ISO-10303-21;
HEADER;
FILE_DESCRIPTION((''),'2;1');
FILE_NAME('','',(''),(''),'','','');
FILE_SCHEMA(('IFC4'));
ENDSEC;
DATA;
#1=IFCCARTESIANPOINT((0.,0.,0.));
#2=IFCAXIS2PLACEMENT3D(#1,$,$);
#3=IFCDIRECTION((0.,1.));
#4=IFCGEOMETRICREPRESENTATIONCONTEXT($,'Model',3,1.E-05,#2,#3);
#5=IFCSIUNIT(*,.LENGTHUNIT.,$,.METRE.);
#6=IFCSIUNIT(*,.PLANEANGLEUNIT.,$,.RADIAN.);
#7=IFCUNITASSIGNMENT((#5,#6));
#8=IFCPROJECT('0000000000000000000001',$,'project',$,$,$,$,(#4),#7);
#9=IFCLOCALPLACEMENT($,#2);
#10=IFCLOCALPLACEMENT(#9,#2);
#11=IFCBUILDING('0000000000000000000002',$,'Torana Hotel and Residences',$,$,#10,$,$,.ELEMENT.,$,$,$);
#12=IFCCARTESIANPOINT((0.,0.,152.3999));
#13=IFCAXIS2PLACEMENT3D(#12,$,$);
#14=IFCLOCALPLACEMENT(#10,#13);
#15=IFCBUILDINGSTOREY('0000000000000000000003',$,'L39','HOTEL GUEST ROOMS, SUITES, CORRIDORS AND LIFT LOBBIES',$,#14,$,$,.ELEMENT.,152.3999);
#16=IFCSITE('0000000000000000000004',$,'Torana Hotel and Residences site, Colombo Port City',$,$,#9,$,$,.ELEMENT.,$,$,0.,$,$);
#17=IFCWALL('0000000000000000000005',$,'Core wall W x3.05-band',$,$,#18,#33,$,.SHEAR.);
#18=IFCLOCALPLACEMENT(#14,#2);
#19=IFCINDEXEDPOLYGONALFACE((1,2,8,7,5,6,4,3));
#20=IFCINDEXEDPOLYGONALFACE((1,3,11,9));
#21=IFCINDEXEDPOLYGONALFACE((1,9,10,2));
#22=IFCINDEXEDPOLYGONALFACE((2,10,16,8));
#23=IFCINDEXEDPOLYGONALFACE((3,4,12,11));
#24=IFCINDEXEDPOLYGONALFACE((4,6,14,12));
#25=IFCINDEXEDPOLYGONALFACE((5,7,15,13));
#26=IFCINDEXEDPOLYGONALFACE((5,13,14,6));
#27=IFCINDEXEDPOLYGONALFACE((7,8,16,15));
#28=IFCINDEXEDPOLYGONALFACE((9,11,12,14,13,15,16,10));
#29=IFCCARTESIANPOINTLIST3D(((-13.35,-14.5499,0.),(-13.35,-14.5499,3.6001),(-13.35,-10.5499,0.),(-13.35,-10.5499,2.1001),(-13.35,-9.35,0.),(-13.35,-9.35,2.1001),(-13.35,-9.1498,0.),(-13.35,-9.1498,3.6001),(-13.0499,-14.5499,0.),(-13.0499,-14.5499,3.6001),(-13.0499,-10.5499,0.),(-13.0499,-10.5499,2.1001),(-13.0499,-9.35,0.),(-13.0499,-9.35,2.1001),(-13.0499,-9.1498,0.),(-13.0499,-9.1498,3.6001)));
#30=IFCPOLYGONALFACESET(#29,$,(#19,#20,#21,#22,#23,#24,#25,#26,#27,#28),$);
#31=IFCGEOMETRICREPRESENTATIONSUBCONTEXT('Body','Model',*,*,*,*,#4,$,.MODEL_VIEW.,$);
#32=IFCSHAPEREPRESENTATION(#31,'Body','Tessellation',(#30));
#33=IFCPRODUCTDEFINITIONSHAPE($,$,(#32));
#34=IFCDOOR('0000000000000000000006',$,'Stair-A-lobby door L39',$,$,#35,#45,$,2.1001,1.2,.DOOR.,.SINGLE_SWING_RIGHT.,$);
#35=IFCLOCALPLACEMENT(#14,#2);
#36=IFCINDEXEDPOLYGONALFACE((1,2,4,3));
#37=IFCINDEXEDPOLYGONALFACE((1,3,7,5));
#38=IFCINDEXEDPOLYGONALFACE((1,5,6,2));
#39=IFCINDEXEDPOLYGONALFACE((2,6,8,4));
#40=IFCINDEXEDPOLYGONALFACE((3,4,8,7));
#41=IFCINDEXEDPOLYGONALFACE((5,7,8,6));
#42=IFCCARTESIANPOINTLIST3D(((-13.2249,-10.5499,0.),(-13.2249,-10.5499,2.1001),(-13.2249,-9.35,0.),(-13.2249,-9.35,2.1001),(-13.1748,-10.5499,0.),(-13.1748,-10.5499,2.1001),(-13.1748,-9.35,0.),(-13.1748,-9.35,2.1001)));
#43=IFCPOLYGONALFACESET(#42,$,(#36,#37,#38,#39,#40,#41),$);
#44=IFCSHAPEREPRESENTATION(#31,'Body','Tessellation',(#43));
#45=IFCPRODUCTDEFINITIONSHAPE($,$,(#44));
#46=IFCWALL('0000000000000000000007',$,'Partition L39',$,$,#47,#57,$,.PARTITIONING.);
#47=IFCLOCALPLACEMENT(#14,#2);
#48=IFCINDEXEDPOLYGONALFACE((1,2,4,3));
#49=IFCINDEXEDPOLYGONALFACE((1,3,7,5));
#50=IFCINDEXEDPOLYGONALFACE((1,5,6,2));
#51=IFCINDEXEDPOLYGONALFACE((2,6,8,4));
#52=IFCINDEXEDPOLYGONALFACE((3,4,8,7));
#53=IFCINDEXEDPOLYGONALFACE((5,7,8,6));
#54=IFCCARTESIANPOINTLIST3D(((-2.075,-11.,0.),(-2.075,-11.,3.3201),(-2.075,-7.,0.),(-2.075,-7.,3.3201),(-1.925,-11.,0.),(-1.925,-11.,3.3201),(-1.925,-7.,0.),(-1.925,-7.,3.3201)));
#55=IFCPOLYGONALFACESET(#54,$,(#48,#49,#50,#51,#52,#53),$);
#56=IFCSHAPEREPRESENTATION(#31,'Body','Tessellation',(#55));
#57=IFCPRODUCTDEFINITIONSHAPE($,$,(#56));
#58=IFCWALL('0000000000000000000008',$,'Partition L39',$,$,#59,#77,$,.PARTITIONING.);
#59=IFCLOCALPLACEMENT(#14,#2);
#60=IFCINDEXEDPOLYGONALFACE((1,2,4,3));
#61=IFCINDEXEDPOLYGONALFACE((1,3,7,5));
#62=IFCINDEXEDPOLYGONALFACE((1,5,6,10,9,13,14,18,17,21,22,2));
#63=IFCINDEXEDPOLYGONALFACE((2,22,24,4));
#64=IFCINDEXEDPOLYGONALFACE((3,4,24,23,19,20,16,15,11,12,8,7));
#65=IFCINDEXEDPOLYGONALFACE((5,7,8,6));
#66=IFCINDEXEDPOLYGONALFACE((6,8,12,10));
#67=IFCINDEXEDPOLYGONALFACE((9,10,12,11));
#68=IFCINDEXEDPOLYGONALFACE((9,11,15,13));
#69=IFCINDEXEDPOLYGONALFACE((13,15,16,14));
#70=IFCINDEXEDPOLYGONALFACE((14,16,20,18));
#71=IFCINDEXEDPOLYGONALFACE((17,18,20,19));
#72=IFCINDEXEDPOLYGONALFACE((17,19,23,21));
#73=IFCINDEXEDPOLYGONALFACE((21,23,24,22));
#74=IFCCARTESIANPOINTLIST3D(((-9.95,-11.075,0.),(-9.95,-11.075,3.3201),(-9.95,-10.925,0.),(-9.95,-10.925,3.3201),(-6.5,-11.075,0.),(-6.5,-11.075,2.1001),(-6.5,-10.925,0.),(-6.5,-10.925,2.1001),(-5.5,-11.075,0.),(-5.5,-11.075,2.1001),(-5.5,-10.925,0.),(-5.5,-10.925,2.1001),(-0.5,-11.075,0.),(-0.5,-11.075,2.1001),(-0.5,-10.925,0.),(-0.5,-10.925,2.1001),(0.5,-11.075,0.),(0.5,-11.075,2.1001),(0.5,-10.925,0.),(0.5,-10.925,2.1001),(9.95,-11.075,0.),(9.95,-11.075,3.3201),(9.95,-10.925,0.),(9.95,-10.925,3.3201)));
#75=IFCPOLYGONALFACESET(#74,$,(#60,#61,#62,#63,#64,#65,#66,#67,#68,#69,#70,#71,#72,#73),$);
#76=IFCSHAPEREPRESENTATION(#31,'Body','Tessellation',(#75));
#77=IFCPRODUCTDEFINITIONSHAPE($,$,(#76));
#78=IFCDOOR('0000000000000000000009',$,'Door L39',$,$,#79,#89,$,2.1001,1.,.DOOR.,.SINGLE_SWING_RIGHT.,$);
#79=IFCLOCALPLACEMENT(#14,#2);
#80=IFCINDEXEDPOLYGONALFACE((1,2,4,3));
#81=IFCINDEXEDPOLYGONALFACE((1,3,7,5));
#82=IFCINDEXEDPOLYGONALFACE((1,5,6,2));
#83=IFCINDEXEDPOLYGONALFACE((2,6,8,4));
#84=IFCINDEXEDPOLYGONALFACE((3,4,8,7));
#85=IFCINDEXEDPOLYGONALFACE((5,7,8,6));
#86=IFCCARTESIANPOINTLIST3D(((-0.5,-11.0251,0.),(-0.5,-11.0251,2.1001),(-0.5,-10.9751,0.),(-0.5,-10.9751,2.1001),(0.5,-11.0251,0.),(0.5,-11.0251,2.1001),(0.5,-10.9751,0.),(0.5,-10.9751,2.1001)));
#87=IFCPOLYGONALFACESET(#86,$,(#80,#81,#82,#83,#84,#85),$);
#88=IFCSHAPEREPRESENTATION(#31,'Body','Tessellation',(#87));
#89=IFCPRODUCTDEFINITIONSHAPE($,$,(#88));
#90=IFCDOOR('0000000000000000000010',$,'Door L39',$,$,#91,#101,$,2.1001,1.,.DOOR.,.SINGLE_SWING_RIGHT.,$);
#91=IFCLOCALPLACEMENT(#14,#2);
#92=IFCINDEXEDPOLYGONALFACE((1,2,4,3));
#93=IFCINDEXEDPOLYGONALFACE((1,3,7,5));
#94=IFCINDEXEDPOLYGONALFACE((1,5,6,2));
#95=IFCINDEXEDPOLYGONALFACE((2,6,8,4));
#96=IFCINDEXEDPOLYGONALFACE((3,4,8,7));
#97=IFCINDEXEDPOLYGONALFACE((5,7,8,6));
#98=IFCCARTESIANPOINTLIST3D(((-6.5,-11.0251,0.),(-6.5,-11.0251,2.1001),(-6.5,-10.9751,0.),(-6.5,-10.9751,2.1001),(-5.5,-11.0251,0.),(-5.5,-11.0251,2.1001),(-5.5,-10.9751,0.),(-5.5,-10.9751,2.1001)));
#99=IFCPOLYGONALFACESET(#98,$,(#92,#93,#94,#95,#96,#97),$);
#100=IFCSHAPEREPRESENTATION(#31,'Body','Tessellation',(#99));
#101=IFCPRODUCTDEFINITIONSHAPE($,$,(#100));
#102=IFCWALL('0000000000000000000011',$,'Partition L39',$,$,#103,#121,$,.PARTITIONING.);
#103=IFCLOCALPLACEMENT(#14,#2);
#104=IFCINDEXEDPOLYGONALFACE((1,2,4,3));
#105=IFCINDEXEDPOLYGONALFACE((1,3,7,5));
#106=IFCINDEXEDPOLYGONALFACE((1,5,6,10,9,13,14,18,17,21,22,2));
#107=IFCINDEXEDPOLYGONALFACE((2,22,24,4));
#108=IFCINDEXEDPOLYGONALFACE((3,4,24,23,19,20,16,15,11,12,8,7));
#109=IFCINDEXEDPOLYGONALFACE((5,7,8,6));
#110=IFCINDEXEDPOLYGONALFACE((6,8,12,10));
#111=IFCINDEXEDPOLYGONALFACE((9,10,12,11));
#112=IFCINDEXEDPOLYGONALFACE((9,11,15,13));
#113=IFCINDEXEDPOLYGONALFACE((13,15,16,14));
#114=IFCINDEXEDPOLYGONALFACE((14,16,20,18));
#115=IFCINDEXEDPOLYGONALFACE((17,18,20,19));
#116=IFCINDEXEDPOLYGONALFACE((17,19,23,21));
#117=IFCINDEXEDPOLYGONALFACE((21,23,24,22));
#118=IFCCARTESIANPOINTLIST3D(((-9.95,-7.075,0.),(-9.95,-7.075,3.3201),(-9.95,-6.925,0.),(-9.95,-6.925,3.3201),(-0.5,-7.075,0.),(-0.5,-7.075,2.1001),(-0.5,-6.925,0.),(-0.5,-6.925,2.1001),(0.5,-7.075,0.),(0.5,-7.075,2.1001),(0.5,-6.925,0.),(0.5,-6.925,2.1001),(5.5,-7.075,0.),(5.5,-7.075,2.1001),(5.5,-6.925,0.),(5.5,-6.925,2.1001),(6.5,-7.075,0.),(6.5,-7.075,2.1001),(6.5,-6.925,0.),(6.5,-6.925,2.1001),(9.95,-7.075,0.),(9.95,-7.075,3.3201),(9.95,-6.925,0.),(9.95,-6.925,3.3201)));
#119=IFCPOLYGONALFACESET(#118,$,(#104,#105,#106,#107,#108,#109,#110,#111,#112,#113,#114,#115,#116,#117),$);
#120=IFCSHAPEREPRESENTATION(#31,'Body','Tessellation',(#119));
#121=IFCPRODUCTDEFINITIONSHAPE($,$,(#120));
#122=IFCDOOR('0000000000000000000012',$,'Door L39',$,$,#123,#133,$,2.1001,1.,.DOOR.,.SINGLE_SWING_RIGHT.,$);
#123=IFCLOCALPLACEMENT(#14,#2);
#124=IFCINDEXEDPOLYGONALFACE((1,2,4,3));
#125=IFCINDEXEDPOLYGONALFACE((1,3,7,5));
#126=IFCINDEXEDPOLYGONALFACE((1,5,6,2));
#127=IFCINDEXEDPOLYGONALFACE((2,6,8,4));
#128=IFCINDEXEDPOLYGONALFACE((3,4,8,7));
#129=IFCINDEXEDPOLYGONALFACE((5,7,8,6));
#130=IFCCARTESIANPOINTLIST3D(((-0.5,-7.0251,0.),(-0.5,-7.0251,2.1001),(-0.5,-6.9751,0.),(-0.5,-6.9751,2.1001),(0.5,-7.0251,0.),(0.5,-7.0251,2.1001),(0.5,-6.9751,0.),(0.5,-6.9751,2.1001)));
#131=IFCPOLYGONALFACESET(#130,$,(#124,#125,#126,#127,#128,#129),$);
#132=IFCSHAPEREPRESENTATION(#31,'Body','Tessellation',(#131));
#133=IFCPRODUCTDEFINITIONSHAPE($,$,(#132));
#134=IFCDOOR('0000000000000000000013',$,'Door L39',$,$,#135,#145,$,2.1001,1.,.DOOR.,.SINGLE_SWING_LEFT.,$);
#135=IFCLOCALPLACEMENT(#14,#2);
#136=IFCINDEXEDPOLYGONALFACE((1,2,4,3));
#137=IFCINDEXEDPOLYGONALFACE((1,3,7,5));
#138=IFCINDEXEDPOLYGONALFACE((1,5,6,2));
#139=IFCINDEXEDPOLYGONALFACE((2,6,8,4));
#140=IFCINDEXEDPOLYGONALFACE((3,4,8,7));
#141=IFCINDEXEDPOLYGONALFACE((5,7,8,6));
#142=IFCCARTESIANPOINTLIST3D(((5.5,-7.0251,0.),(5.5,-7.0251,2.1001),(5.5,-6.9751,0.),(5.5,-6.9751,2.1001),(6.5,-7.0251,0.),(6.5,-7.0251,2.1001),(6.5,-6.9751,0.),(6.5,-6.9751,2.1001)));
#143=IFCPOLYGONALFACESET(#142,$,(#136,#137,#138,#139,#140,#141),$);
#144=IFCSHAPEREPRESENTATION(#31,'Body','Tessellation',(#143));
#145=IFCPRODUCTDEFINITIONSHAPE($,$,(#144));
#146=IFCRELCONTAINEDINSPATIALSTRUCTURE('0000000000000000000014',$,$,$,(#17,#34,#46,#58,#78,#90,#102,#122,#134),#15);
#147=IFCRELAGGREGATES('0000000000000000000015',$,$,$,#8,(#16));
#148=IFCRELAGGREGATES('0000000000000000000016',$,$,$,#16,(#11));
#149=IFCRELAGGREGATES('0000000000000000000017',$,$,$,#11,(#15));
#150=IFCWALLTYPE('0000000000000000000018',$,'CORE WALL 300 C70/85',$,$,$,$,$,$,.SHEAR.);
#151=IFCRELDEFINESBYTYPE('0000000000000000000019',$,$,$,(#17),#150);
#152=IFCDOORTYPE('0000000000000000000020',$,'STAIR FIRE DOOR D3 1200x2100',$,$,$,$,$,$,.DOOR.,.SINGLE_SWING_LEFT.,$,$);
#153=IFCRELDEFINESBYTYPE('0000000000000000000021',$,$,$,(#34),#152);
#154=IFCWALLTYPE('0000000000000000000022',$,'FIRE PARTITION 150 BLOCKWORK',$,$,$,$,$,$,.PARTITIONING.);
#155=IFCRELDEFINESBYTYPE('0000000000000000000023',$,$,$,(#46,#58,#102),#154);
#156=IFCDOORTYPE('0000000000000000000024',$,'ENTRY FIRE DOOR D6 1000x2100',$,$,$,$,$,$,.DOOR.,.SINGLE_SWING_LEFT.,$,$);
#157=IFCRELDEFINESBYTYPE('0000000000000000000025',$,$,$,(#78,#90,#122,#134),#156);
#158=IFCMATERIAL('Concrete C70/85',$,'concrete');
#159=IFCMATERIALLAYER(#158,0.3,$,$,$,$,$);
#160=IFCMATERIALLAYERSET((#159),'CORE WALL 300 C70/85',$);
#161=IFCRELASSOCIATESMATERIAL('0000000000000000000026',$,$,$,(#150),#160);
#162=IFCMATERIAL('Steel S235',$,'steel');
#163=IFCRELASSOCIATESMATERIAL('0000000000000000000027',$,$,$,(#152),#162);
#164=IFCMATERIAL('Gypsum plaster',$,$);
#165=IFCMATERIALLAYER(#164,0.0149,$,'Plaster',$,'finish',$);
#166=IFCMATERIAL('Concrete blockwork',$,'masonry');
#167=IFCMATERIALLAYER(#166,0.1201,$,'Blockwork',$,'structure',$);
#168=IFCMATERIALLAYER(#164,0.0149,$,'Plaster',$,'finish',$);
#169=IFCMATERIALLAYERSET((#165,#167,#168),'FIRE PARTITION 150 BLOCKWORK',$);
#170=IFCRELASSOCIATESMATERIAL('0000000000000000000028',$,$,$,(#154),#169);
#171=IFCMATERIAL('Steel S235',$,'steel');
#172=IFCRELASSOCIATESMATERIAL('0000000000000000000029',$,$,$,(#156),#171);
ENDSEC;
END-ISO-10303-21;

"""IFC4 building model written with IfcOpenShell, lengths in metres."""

from ifc_helpers import new_model, si_unit, direction, frame, frame_2d, origin, place, context, subcontext, project, spatial, rectangle, extrude, material, layer, layer_set, type_object, element, fill, save


model = new_model("IFC4")

# Units and contexts
model_context = context("Model", 3, precision=1e-05, world=origin(), true_north=direction((0.0, 1.0)))
body_context = subcontext(model_context, "Body", "Model", "MODEL_VIEW")
ifc_project = project(units=[si_unit("LENGTHUNIT", "METRE"), si_unit("PLANEANGLEUNIT", "RADIAN")], contexts=[model_context])

# Site, building, storey
site_placement = place(None, origin())
site = spatial("IfcSite", under=ifc_project, at=site_placement, Name="Torana Hotel and Residences site, Colombo Port City", CompositionType="ELEMENT", RefElevation=0.0)
building_placement = place(site_placement, origin())
building = spatial("IfcBuilding", under=site, at=building_placement, Name="Torana Hotel and Residences", CompositionType="ELEMENT")
storey_placement = place(building_placement, frame((0.0, 0.0, 152.3999)))
storey = spatial("IfcBuildingStorey", under=building, at=storey_placement, Name="L39", Description="HOTEL GUEST ROOMS, SUITES, CORRIDORS AND LIFT LOBBIES", CompositionType="ELEMENT", Elevation=152.3999)

# Shared definitions
ifc_material_1 = material(Name="Concrete C70/85", Category="concrete")
ifc_layer_1 = layer(ifc_material_1, 0.3)
ifc_layer_set_1 = layer_set([ifc_layer_1], Name="CORE WALL 300 C70/85")
wall_type_1 = type_object("IfcWallType", Name="CORE WALL 300 C70/85", PredefinedType="SHEAR", material=ifc_layer_set_1)

# Wall, opening, door
wall_1_placement = place(storey_placement, frame((-13.2, -14.55, 0.0), z_axis=(0.0, 0.0, 1.0), x_axis=(0.0, 1.0, 0.0)))
wall_1 = element("IfcWall", 1, at=wall_1_placement, inside=storey, type_object=wall_type_1, Name="Core wall W x3.05-band", PredefinedType="SHEAR", context=body_context, shape_type="SweptSolid", body=[
    extrude(rectangle(XDim=5.4001, YDim=0.3, at=frame_2d((2.7002, 0.0))), origin(), (0.0, 0.0, 1.0), 3.6001),
])
opening_1_placement = place(wall_1_placement, frame((4.0, 0.0, 0.0)))
opening_1 = element("IfcOpeningElement", 2, at=opening_1_placement, cuts=wall_1, PredefinedType="OPENING", context=body_context, shape_type="SweptSolid", body=[
    extrude(rectangle(XDim=1.2, YDim=2.1001, at=frame_2d((0.6001, 1.05))), frame((0.0, 0.1599, 0.0), z_axis=(0.0, -1.0, 0.0), x_axis=(1.0, 0.0, 0.0)), (0.0, 0.0, 1.0), 0.3201),
])
ifc_material_2 = material(Name="Steel S235", Category="steel")
door_type_1 = type_object("IfcDoorType", Name="STAIR FIRE DOOR D3 1200x2100", OperationType="SINGLE_SWING_LEFT", PredefinedType="DOOR", material=ifc_material_2)
door_1_placement = place(opening_1_placement, frame((0.6001, 0.0, 0.0), z_axis=(0.0, 0.0, 1.0), x_axis=(-1.0, 0.0, 0.0)))
door_1 = element("IfcDoor", 3, at=door_1_placement, inside=storey, type_object=door_type_1, Name="Stair-A-lobby door L39", OperationType="SINGLE_SWING_RIGHT", OverallHeight=2.1001, OverallWidth=1.2, PredefinedType="DOOR", context=body_context, shape_type="SweptSolid", body=[
    extrude(rectangle(XDim=1.2, YDim=2.1001, at=frame_2d((0.0, 1.05))), frame((0.0, -0.0249, 0.0), z_axis=(0.0, 1.0, 0.0), x_axis=(-1.0, 0.0, 0.0)), (0.0, 0.0, 1.0), 0.05),
])
fill(opening_1, door_1)

# Wall
ifc_material_3 = material(Name="Gypsum plaster")
ifc_layer_2 = layer(ifc_material_3, 0.0149, Name="Plaster", Category="finish")
ifc_material_4 = material(Name="Concrete blockwork", Category="masonry")
ifc_layer_3 = layer(ifc_material_4, 0.1201, Name="Blockwork", Category="structure")
ifc_layer_4 = layer(ifc_material_3, 0.0149, Name="Plaster", Category="finish")
ifc_layer_set_2 = layer_set([ifc_layer_2, ifc_layer_3, ifc_layer_4], Name="FIRE PARTITION 150 BLOCKWORK")
wall_type_2 = type_object("IfcWallType", Name="FIRE PARTITION 150 BLOCKWORK", PredefinedType="PARTITIONING", material=ifc_layer_set_2)
wall_2_placement = place(storey_placement, frame((-2.0, -11.0, 0.0), z_axis=(0.0, 0.0, 1.0), x_axis=(0.0, 1.0, 0.0)))
element("IfcWall", 4, at=wall_2_placement, inside=storey, type_object=wall_type_2, Name="Partition L39", PredefinedType="PARTITIONING", context=body_context, shape_type="SweptSolid", body=[
    extrude(rectangle(XDim=4.0, YDim=0.1499, at=frame_2d((2.0, 0.0))), origin(), (0.0, 0.0, 1.0), 3.3201),
])

# Walls, openings, doors
wall_3_placement = place(storey_placement, frame((-9.95, -11.0, 0.0), z_axis=(0.0, 0.0, 1.0), x_axis=(1.0, 0.0, 0.0)))
wall_3 = element("IfcWall", 5, at=wall_3_placement, inside=storey, type_object=wall_type_2, Name="Partition L39", PredefinedType="PARTITIONING", context=body_context, shape_type="SweptSolid", body=[
    extrude(rectangle(XDim=19.8999, YDim=0.1499, at=frame_2d((9.95, 0.0))), origin(), (0.0, 0.0, 1.0), 3.3201),
])
opening_2_placement = place(wall_3_placement, frame((9.45, 0.0, 0.0)))
opening_2 = element("IfcOpeningElement", 6, at=opening_2_placement, cuts=wall_3, PredefinedType="OPENING", context=body_context, shape_type="SweptSolid", body=[
    extrude(rectangle(XDim=1.0, YDim=2.1001, at=frame_2d((0.5, 1.05))), frame((0.0, 0.085, 0.0), z_axis=(0.0, -1.0, 0.0), x_axis=(1.0, 0.0, 0.0)), (0.0, 0.0, 1.0), 0.1699),
])
opening_3_placement = place(wall_3_placement, frame((3.45, 0.0, 0.0)))
opening_3 = element("IfcOpeningElement", 7, at=opening_3_placement, cuts=wall_3, PredefinedType="OPENING", context=body_context, shape_type="SweptSolid", body=[
    extrude(rectangle(XDim=1.0, YDim=2.1001, at=frame_2d((0.5, 1.05))), frame((0.0, 0.085, 0.0), z_axis=(0.0, -1.0, 0.0), x_axis=(1.0, 0.0, 0.0)), (0.0, 0.0, 1.0), 0.1699),
])
ifc_material_5 = material(Name="Steel S235", Category="steel")
door_type_2 = type_object("IfcDoorType", Name="ENTRY FIRE DOOR D6 1000x2100", OperationType="SINGLE_SWING_LEFT", PredefinedType="DOOR", material=ifc_material_5)
door_2_placement = place(opening_2_placement, origin())
door_2 = element("IfcDoor", 8, at=door_2_placement, inside=storey, type_object=door_type_2, Name="Door L39", OperationType="SINGLE_SWING_RIGHT", OverallHeight=2.1001, OverallWidth=1.0, PredefinedType="DOOR", context=body_context, shape_type="SweptSolid", body=[
    extrude(rectangle(XDim=1.0, YDim=2.1001, at=frame_2d((0.5, 1.05))), frame((0.0, 0.0249, 0.0), z_axis=(0.0, -1.0, 0.0), x_axis=(1.0, 0.0, 0.0)), (0.0, 0.0, 1.0), 0.05),
])
fill(opening_2, door_2)
door_3_placement = place(opening_3_placement, origin())
door_3 = element("IfcDoor", 9, at=door_3_placement, inside=storey, type_object=door_type_2, Name="Door L39", OperationType="SINGLE_SWING_RIGHT", OverallHeight=2.1001, OverallWidth=1.0, PredefinedType="DOOR", context=body_context, shape_type="SweptSolid", body=[
    extrude(rectangle(XDim=1.0, YDim=2.1001, at=frame_2d((0.5, 1.05))), frame((0.0, 0.0249, 0.0), z_axis=(0.0, -1.0, 0.0), x_axis=(1.0, 0.0, 0.0)), (0.0, 0.0, 1.0), 0.05),
])
fill(opening_3, door_3)
wall_4_placement = place(storey_placement, frame((-9.95, -7.0, 0.0), z_axis=(0.0, 0.0, 1.0), x_axis=(1.0, 0.0, 0.0)))
wall_4 = element("IfcWall", 10, at=wall_4_placement, inside=storey, type_object=wall_type_2, Name="Partition L39", PredefinedType="PARTITIONING", context=body_context, shape_type="SweptSolid", body=[
    extrude(rectangle(XDim=19.8999, YDim=0.1499, at=frame_2d((9.95, 0.0))), origin(), (0.0, 0.0, 1.0), 3.3201),
])
opening_4_placement = place(wall_4_placement, frame((9.45, 0.0, 0.0)))
opening_4 = element("IfcOpeningElement", 11, at=opening_4_placement, cuts=wall_4, PredefinedType="OPENING", context=body_context, shape_type="SweptSolid", body=[
    extrude(rectangle(XDim=1.0, YDim=2.1001, at=frame_2d((0.5, 1.05))), frame((0.0, 0.085, 0.0), z_axis=(0.0, -1.0, 0.0), x_axis=(1.0, 0.0, 0.0)), (0.0, 0.0, 1.0), 0.1699),
])
opening_5_placement = place(wall_4_placement, frame((15.45, 0.0, 0.0)))
opening_5 = element("IfcOpeningElement", 12, at=opening_5_placement, cuts=wall_4, PredefinedType="OPENING", context=body_context, shape_type="SweptSolid", body=[
    extrude(rectangle(XDim=1.0, YDim=2.1001, at=frame_2d((0.5, 1.05))), frame((0.0, 0.085, 0.0), z_axis=(0.0, -1.0, 0.0), x_axis=(1.0, 0.0, 0.0)), (0.0, 0.0, 1.0), 0.1699),
])
door_4_placement = place(opening_4_placement, origin())
door_4 = element("IfcDoor", 13, at=door_4_placement, inside=storey, type_object=door_type_2, Name="Door L39", OperationType="SINGLE_SWING_RIGHT", OverallHeight=2.1001, OverallWidth=1.0, PredefinedType="DOOR", context=body_context, shape_type="SweptSolid", body=[
    extrude(rectangle(XDim=1.0, YDim=2.1001, at=frame_2d((0.5, 1.05))), frame((0.0, 0.0249, 0.0), z_axis=(0.0, -1.0, 0.0), x_axis=(1.0, 0.0, 0.0)), (0.0, 0.0, 1.0), 0.05),
])
fill(opening_4, door_4)
door_5_placement = place(opening_5_placement, frame((0.5, 0.0, 0.0), z_axis=(0.0, 0.0, 1.0), x_axis=(-1.0, 0.0, 0.0)))
door_5 = element("IfcDoor", 14, at=door_5_placement, inside=storey, type_object=door_type_2, Name="Door L39", OperationType="SINGLE_SWING_LEFT", OverallHeight=2.1001, OverallWidth=1.0, PredefinedType="DOOR", context=body_context, shape_type="SweptSolid", body=[
    extrude(rectangle(XDim=1.0, YDim=2.1001, at=frame_2d((0.0, 1.05))), frame((0.0, -0.0249, 0.0), z_axis=(0.0, 1.0, 0.0), x_axis=(-1.0, 0.0, 0.0)), (0.0, 0.0, 1.0), 0.05),
])
fill(opening_5, door_5)

save(model, "model.ifc")
